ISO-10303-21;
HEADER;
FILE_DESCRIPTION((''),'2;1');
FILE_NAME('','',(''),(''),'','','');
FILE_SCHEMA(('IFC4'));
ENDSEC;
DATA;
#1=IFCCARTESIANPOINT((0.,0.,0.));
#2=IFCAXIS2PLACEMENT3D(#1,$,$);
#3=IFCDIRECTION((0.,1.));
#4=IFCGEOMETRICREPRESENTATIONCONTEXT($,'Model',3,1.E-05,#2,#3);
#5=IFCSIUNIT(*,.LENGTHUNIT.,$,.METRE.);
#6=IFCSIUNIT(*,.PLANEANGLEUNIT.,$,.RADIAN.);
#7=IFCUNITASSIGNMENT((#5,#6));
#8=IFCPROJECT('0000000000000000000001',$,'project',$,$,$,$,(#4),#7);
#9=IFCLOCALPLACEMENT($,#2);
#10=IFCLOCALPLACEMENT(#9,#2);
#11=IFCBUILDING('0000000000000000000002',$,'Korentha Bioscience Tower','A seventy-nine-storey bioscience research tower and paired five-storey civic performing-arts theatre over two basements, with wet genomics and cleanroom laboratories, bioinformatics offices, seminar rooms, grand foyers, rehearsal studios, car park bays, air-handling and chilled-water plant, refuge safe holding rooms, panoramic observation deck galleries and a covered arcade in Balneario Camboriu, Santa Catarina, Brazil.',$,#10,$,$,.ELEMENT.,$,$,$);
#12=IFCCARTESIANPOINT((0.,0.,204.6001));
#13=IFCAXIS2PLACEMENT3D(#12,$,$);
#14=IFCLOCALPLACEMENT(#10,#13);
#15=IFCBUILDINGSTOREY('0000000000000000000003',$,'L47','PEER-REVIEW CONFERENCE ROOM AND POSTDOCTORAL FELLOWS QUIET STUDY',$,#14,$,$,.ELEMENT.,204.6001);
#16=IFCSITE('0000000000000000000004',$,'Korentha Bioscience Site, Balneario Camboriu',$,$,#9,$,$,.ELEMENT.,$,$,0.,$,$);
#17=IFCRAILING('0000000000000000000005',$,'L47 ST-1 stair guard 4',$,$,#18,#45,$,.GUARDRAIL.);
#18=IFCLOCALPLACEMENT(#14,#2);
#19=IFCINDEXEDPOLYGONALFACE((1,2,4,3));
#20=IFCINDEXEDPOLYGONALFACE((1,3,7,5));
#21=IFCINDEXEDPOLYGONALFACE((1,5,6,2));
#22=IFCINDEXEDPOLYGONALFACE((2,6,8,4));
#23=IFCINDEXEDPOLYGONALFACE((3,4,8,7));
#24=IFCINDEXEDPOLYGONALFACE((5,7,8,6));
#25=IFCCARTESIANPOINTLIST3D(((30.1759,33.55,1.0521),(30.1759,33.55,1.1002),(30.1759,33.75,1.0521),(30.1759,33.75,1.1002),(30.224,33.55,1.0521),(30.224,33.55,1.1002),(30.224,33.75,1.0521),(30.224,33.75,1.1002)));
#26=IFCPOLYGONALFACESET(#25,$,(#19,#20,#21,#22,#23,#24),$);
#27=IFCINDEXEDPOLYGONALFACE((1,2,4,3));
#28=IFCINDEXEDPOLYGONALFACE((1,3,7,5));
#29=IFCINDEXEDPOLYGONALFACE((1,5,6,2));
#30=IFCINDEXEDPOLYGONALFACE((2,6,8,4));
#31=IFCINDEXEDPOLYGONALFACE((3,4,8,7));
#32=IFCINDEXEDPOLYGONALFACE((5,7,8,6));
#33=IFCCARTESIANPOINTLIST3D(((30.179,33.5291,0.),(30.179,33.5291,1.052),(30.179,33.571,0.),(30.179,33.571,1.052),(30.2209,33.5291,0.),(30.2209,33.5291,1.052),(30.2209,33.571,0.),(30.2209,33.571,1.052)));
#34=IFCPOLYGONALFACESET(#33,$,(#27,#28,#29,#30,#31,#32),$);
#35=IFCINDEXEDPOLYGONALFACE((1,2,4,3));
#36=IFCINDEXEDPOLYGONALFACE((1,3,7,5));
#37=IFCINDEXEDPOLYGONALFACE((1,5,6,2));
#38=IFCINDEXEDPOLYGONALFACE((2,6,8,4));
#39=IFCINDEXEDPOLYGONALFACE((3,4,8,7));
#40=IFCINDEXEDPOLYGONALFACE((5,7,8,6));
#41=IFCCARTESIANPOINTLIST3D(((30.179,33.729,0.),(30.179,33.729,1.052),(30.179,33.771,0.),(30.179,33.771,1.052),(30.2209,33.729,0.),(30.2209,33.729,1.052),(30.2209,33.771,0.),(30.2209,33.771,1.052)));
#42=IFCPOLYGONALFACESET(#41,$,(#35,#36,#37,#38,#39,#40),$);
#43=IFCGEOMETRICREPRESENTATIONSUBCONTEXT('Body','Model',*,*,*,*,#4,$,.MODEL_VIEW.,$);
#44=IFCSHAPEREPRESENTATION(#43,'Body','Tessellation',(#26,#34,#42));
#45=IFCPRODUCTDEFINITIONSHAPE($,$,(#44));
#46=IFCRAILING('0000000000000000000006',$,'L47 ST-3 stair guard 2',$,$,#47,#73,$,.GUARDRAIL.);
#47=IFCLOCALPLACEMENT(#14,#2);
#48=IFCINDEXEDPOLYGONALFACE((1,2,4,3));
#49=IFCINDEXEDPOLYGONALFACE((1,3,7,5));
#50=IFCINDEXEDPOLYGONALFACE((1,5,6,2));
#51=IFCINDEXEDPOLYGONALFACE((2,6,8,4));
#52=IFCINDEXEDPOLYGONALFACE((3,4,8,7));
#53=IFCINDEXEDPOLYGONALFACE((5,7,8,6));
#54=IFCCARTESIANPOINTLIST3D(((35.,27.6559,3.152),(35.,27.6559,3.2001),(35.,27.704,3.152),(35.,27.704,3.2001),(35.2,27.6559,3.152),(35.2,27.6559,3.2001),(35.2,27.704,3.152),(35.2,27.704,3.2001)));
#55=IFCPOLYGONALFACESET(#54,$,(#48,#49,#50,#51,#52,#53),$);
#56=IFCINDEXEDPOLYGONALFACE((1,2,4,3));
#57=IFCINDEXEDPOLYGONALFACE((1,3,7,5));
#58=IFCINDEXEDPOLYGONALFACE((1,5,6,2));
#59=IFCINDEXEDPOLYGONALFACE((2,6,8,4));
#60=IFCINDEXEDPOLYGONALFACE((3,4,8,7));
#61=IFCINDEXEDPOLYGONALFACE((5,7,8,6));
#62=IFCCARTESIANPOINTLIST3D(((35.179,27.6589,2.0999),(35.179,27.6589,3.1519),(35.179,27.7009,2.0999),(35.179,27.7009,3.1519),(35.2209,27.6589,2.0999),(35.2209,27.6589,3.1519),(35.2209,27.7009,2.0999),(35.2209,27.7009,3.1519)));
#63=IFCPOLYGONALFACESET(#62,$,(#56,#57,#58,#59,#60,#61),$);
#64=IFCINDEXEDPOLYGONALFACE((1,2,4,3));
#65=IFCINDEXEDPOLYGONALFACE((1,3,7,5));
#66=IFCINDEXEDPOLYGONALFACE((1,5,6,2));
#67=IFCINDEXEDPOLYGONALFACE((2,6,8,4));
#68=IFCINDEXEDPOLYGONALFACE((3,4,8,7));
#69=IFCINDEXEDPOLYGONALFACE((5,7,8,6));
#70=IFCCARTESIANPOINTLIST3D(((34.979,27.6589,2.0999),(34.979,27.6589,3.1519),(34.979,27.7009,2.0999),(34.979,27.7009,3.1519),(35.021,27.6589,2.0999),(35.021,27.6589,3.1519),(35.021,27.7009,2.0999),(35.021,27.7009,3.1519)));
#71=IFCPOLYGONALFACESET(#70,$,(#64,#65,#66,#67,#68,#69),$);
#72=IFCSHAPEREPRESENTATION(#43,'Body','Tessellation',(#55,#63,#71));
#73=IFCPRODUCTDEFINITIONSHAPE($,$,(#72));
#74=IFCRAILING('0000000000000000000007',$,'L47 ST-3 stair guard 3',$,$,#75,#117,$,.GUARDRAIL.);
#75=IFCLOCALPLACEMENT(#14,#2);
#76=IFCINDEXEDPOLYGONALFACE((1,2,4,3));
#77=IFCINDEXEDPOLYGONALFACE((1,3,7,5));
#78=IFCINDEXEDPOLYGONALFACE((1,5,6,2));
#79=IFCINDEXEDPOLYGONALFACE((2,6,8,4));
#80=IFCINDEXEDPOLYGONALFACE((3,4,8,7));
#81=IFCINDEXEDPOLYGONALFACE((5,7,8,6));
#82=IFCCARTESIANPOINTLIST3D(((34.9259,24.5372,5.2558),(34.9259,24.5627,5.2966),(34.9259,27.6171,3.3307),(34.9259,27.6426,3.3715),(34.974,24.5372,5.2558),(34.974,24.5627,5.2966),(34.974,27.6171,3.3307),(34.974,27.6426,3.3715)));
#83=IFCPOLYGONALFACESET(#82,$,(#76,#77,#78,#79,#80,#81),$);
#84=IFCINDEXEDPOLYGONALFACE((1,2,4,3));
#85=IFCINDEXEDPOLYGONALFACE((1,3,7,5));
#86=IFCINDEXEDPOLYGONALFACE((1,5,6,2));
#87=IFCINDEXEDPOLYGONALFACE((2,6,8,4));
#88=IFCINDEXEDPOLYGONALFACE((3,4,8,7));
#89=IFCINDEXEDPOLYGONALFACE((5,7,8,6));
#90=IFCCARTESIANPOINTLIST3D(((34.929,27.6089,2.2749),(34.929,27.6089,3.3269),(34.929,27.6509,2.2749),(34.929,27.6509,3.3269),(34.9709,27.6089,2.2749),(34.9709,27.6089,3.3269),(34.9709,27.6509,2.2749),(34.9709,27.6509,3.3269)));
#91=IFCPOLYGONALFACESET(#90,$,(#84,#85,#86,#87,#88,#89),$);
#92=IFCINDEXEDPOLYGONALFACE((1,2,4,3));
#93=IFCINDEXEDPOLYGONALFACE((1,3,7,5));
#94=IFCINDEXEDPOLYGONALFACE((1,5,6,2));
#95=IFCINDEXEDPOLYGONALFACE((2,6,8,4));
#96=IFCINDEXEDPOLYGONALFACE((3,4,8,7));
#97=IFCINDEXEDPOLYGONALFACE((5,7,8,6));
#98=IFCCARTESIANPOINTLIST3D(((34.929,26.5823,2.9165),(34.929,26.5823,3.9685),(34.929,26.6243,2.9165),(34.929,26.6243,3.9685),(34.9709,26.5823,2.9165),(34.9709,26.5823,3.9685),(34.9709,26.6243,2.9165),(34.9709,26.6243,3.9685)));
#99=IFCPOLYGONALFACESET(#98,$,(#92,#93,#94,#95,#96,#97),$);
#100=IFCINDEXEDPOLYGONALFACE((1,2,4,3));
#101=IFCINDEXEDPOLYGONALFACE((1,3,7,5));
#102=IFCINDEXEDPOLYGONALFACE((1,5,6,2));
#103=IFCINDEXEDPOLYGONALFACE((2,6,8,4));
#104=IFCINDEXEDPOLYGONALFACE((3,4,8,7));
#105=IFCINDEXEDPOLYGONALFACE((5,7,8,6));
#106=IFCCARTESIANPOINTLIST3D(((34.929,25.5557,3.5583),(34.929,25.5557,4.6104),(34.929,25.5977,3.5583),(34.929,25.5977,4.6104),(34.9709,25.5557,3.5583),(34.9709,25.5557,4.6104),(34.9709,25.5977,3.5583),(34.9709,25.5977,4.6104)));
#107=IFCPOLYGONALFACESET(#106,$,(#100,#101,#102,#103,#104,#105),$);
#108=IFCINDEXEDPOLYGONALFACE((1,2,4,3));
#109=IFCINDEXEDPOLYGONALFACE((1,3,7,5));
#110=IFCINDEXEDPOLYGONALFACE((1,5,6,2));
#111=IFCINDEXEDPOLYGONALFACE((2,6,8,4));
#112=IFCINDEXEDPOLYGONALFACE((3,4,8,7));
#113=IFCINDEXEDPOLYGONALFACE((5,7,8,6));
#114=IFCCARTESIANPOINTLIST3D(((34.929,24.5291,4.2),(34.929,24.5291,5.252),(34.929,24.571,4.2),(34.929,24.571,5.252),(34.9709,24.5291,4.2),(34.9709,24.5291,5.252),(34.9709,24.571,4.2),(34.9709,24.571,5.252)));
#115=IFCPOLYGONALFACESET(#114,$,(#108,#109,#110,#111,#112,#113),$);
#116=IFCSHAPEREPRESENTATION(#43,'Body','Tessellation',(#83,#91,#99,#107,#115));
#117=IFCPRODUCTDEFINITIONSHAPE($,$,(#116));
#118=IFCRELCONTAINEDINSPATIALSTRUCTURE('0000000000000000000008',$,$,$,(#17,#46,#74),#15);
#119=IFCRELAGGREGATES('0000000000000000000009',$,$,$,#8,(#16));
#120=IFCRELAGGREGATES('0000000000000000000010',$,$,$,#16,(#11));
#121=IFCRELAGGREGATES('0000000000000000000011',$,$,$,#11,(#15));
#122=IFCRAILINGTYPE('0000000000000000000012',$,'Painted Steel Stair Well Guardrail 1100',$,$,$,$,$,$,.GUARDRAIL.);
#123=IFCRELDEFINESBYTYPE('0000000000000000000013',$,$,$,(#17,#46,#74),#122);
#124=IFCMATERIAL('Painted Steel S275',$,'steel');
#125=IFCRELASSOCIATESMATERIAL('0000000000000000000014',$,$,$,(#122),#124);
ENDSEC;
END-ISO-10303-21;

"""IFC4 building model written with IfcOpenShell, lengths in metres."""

from ifc_helpers import new_model, si_unit, direction, frame, origin, origin_2d, place, context, subcontext, project, spatial, rectangle, extrude, material, type_object, element, save


model = new_model("IFC4")

# Units and contexts
model_context = context("Model", 3, precision=1e-05, world=origin(), true_north=direction((0.0, 1.0)))
body_context = subcontext(model_context, "Body", "Model", "MODEL_VIEW")
ifc_project = project(units=[si_unit("LENGTHUNIT", "METRE"), si_unit("PLANEANGLEUNIT", "RADIAN")], contexts=[model_context])

# Site, building, storey
site_placement = place(None, origin())
site = spatial("IfcSite", under=ifc_project, at=site_placement, Name="Korentha Bioscience Site, Balneario Camboriu", CompositionType="ELEMENT", RefElevation=0.0)
building_placement = place(site_placement, origin())
building = spatial("IfcBuilding", under=site, at=building_placement, Name="Korentha Bioscience Tower", Description="A seventy-nine-storey bioscience research tower and paired five-storey civic performing-arts theatre over two basements, with wet genomics and cleanroom laboratories, bioinformatics offices, seminar rooms, grand foyers, rehearsal studios, car park bays, air-handling and chilled-water plant, refuge safe holding rooms, panoramic observation deck galleries and a covered arcade in Balneario Camboriu, Santa Catarina, Brazil.", CompositionType="ELEMENT")
storey_placement = place(building_placement, frame((0.0, 0.0, 204.6001)))
storey = spatial("IfcBuildingStorey", under=building, at=storey_placement, Name="L47", Description="PEER-REVIEW CONFERENCE ROOM AND POSTDOCTORAL FELLOWS QUIET STUDY", CompositionType="ELEMENT", Elevation=204.6001)

# Railings
ifc_material_1 = material(Name="Painted Steel S275", Category="steel")
railing_type_1 = type_object("IfcRailingType", Name="Painted Steel Stair Well Guardrail 1100", PredefinedType="GUARDRAIL", material=ifc_material_1)
railing_1_placement = place(storey_placement, frame((30.2, 33.55, 0.0)))
element("IfcRailing", 1, at=railing_1_placement, inside=storey, type_object=railing_type_1, Name="L47 ST-1 stair guard 4", PredefinedType="GUARDRAIL", context=body_context, shape_type="SweptSolid", body=[
    extrude(rectangle(XDim=0.0481, YDim=0.0481, at=origin_2d()), frame((0.0, 0.0, 1.0762), z_axis=(0.0, 1.0, 0.0), x_axis=(-1.0, 0.0, 0.0)), (0.0, 0.0, 1.0), 0.2),
    extrude(rectangle(XDim=0.042, YDim=0.042, at=origin_2d()), origin(), (0.0, 0.0, 1.0), 1.052),
    extrude(rectangle(XDim=0.042, YDim=0.042, at=origin_2d()), frame((0.0, 0.2, 0.0)), (0.0, 0.0, 1.0), 1.052),
])
railing_2_placement = place(storey_placement, frame((35.2, 27.6799, 2.0999)))
element("IfcRailing", 2, at=railing_2_placement, inside=storey, type_object=railing_type_1, Name="L47 ST-3 stair guard 2", PredefinedType="GUARDRAIL", context=body_context, shape_type="SweptSolid", body=[
    extrude(rectangle(XDim=0.0481, YDim=0.0481, at=origin_2d()), frame((0.0, 0.0, 1.0762), z_axis=(-1.0, 0.0, 0.0), x_axis=(0.0, -1.0, 0.0)), (0.0, 0.0, 1.0), 0.2),
    extrude(rectangle(XDim=0.042, YDim=0.042, at=origin_2d()), origin(), (0.0, 0.0, 1.0), 1.052),
    extrude(rectangle(XDim=0.042, YDim=0.042, at=origin_2d()), frame((-0.2, 0.0, 0.0)), (0.0, 0.0, 1.0), 1.052),
])
railing_3_placement = place(storey_placement, frame((34.95, 27.6299, 2.2749)))
element("IfcRailing", 3, at=railing_3_placement, inside=storey, type_object=railing_type_1, Name="L47 ST-3 stair guard 3", PredefinedType="GUARDRAIL", context=body_context, shape_type="SweptSolid", body=[
    extrude(rectangle(XDim=0.0481, YDim=0.0481, at=origin_2d()), frame((0.0, 0.0, 1.0762), z_axis=(0.0, -0.847979, 0.530029), x_axis=(1.0, 0.0, 0.0)), (0.0, 0.0, 1.0), 3.6321),
    extrude(rectangle(XDim=0.042, YDim=0.042, at=origin_2d()), origin(), (0.0, 0.0, 1.0), 1.052),
    extrude(rectangle(XDim=0.042, YDim=0.042, at=origin_2d()), frame((0.0, -1.0266, 0.6416)), (0.0, 0.0, 1.0), 1.052),
    extrude(rectangle(XDim=0.042, YDim=0.042, at=origin_2d()), frame((0.0, -2.0532, 1.2834)), (0.0, 0.0, 1.0), 1.052),
    extrude(rectangle(XDim=0.042, YDim=0.042, at=origin_2d()), frame((0.0, -3.0798, 1.925)), (0.0, 0.0, 1.0), 1.052),
])

save(model, "model.ifc")
